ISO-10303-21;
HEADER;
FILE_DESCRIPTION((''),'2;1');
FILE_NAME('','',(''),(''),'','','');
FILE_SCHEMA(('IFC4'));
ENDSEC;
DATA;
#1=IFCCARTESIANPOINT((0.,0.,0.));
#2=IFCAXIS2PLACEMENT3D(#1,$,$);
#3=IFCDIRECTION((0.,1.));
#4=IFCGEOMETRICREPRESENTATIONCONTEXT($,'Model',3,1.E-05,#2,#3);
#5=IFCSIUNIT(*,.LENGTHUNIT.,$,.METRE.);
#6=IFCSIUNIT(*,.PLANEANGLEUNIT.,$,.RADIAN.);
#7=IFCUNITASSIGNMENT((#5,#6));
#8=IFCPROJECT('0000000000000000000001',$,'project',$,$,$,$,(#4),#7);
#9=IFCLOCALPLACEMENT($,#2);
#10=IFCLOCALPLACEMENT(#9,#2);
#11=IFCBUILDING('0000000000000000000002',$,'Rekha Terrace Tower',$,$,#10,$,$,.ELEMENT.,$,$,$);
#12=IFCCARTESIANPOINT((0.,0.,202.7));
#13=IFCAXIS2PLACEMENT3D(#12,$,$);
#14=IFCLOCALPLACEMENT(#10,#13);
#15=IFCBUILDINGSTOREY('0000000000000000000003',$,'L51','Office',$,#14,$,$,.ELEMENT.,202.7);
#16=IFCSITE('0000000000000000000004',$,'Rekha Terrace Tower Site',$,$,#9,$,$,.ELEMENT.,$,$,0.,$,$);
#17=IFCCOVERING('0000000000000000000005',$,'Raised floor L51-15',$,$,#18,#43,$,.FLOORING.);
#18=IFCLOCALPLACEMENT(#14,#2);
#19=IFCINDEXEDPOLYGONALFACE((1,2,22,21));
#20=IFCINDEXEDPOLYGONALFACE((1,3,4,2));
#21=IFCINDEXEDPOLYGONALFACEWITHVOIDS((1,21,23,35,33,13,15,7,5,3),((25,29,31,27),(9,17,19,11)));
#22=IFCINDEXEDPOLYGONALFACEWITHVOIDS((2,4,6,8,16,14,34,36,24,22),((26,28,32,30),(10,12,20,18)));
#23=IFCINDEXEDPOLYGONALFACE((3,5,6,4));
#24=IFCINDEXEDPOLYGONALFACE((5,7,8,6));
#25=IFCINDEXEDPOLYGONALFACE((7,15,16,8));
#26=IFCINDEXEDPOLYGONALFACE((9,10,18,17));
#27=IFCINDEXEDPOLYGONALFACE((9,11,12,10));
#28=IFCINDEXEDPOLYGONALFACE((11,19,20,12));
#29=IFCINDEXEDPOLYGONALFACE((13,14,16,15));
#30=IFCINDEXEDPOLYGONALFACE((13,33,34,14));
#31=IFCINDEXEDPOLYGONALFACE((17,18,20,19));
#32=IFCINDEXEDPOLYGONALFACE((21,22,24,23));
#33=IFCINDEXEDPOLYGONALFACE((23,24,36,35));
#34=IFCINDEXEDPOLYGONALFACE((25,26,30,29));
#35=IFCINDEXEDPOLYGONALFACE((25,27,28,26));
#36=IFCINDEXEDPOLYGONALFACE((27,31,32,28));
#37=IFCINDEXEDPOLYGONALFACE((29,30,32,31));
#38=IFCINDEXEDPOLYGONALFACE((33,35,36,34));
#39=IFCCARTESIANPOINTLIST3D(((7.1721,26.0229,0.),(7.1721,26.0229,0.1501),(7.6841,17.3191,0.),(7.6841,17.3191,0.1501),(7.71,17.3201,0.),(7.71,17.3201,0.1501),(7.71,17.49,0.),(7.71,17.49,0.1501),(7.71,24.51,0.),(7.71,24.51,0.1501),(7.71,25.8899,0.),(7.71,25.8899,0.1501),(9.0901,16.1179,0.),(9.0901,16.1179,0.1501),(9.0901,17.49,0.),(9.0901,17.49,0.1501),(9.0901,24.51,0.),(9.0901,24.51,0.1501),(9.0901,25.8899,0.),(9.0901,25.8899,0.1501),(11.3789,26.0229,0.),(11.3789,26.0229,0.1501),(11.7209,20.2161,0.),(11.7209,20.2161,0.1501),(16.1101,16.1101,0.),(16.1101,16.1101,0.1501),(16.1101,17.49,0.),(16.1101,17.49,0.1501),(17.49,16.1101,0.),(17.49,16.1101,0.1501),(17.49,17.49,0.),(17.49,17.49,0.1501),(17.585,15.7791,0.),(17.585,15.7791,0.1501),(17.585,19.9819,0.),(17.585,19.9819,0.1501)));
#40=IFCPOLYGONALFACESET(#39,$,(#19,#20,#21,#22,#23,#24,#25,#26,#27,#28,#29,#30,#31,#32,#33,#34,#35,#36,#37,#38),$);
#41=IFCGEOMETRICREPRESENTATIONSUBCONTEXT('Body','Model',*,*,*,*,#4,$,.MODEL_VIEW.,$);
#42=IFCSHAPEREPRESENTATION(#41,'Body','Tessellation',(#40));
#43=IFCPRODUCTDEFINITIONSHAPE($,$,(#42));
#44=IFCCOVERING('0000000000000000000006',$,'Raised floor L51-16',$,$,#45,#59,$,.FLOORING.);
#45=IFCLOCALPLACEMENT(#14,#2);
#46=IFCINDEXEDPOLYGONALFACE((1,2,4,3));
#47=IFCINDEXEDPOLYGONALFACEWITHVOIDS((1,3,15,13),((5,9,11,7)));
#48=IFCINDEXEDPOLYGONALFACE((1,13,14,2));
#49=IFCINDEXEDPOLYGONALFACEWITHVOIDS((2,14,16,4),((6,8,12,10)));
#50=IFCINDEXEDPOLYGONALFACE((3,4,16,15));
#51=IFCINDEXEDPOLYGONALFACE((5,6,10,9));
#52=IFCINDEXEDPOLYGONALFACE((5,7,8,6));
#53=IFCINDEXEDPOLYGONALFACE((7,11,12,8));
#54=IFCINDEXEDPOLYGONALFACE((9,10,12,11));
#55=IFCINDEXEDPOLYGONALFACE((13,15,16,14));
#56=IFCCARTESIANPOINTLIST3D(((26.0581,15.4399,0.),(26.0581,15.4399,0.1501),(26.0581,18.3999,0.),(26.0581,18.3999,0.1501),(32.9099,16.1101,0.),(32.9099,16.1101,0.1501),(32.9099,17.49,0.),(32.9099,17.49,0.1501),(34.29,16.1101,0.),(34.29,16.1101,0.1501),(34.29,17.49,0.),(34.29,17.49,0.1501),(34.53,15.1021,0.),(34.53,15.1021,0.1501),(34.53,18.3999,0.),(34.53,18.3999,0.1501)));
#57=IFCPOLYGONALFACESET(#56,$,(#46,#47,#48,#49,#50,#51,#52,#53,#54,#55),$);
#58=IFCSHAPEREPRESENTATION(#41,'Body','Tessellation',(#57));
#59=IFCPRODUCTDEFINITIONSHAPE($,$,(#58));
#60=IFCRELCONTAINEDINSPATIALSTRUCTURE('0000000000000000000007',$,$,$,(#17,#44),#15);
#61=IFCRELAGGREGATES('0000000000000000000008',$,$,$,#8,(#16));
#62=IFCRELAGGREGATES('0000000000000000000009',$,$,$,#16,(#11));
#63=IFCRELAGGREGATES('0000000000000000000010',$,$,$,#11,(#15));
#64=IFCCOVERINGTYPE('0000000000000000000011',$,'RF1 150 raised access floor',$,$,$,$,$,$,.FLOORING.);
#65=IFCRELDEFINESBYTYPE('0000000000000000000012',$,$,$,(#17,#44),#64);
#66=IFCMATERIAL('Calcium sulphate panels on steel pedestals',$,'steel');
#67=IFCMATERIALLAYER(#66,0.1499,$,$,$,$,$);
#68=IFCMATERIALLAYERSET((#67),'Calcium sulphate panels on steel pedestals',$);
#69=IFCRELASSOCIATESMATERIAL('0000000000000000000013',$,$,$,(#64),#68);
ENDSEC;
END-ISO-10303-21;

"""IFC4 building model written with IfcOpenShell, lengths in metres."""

from ifc_helpers import new_model, si_unit, direction, frame, origin, place, context, subcontext, project, spatial, polyline, outline, extrude, material, layer, layer_set, type_object, element, save


model = new_model("IFC4")

# Units and contexts
model_context = context("Model", 3, precision=1e-05, world=origin(), true_north=direction((0.0, 1.0)))
body_context = subcontext(model_context, "Body", "Model", "MODEL_VIEW")
ifc_project = project(units=[si_unit("LENGTHUNIT", "METRE"), si_unit("PLANEANGLEUNIT", "RADIAN")], contexts=[model_context])

# Site, building, storey
site_placement = place(None, origin())
site = spatial("IfcSite", under=ifc_project, at=site_placement, Name="Rekha Terrace Tower Site", CompositionType="ELEMENT", RefElevation=0.0)
building_placement = place(site_placement, origin())
building = spatial("IfcBuilding", under=site, at=building_placement, Name="Rekha Terrace Tower", CompositionType="ELEMENT")
storey_placement = place(building_placement, frame((0.0, 0.0, 202.7)))
storey = spatial("IfcBuildingStorey", under=building, at=storey_placement, Name="L51", Description="Office", CompositionType="ELEMENT", Elevation=202.7)

# Coverings
ifc_material_1 = material(Name="Calcium sulphate panels on steel pedestals", Category="steel")
ifc_layer_1 = layer(ifc_material_1, 0.1499)
ifc_layer_set_1 = layer_set([ifc_layer_1], Name="Calcium sulphate panels on steel pedestals")
covering_type_1 = type_object("IfcCoveringType", Name="RF1 150 raised access floor", PredefinedType="FLOORING", material=ifc_layer_set_1)
covering_1_placement = place(storey_placement, origin())
element("IfcCovering", 1, at=covering_1_placement, inside=storey, type_object=covering_type_1, Name="Raised floor L51-15", PredefinedType="FLOORING", context=body_context, shape_type="SweptSolid", body=[
    extrude(outline(polyline([(9.0901, 16.1179), (17.585, 15.7791), (17.585, 19.9819), (11.7209, 20.2161), (11.3789, 26.0229), (7.1721, 26.0229), (7.6841, 17.3191), (7.71, 17.3201), (7.71, 17.49), (9.0901, 17.49), (9.0901, 16.1179)]), holes=[polyline([(17.49, 17.49), (17.49, 16.1101), (16.1101, 16.1101), (16.1101, 17.49), (17.49, 17.49)]), polyline([(9.0901, 24.51), (7.71, 24.51), (7.71, 25.8899), (9.0901, 25.8899), (9.0901, 24.51)])]), origin(), (0.0, 0.0, 1.0), 0.1501),
])
covering_2_placement = place(storey_placement, origin())
element("IfcCovering", 2, at=covering_2_placement, inside=storey, type_object=covering_type_1, Name="Raised floor L51-16", PredefinedType="FLOORING", context=body_context, shape_type="SweptSolid", body=[
    extrude(outline(polyline([(26.0581, 18.3999), (26.0581, 15.4399), (34.53, 15.1021), (34.53, 18.3999), (26.0581, 18.3999)]), holes=[polyline([(34.29, 16.1101), (32.9099, 16.1101), (32.9099, 17.49), (34.29, 17.49), (34.29, 16.1101)])]), origin(), (0.0, 0.0, 1.0), 0.1501),
])

save(model, "model.ifc")
